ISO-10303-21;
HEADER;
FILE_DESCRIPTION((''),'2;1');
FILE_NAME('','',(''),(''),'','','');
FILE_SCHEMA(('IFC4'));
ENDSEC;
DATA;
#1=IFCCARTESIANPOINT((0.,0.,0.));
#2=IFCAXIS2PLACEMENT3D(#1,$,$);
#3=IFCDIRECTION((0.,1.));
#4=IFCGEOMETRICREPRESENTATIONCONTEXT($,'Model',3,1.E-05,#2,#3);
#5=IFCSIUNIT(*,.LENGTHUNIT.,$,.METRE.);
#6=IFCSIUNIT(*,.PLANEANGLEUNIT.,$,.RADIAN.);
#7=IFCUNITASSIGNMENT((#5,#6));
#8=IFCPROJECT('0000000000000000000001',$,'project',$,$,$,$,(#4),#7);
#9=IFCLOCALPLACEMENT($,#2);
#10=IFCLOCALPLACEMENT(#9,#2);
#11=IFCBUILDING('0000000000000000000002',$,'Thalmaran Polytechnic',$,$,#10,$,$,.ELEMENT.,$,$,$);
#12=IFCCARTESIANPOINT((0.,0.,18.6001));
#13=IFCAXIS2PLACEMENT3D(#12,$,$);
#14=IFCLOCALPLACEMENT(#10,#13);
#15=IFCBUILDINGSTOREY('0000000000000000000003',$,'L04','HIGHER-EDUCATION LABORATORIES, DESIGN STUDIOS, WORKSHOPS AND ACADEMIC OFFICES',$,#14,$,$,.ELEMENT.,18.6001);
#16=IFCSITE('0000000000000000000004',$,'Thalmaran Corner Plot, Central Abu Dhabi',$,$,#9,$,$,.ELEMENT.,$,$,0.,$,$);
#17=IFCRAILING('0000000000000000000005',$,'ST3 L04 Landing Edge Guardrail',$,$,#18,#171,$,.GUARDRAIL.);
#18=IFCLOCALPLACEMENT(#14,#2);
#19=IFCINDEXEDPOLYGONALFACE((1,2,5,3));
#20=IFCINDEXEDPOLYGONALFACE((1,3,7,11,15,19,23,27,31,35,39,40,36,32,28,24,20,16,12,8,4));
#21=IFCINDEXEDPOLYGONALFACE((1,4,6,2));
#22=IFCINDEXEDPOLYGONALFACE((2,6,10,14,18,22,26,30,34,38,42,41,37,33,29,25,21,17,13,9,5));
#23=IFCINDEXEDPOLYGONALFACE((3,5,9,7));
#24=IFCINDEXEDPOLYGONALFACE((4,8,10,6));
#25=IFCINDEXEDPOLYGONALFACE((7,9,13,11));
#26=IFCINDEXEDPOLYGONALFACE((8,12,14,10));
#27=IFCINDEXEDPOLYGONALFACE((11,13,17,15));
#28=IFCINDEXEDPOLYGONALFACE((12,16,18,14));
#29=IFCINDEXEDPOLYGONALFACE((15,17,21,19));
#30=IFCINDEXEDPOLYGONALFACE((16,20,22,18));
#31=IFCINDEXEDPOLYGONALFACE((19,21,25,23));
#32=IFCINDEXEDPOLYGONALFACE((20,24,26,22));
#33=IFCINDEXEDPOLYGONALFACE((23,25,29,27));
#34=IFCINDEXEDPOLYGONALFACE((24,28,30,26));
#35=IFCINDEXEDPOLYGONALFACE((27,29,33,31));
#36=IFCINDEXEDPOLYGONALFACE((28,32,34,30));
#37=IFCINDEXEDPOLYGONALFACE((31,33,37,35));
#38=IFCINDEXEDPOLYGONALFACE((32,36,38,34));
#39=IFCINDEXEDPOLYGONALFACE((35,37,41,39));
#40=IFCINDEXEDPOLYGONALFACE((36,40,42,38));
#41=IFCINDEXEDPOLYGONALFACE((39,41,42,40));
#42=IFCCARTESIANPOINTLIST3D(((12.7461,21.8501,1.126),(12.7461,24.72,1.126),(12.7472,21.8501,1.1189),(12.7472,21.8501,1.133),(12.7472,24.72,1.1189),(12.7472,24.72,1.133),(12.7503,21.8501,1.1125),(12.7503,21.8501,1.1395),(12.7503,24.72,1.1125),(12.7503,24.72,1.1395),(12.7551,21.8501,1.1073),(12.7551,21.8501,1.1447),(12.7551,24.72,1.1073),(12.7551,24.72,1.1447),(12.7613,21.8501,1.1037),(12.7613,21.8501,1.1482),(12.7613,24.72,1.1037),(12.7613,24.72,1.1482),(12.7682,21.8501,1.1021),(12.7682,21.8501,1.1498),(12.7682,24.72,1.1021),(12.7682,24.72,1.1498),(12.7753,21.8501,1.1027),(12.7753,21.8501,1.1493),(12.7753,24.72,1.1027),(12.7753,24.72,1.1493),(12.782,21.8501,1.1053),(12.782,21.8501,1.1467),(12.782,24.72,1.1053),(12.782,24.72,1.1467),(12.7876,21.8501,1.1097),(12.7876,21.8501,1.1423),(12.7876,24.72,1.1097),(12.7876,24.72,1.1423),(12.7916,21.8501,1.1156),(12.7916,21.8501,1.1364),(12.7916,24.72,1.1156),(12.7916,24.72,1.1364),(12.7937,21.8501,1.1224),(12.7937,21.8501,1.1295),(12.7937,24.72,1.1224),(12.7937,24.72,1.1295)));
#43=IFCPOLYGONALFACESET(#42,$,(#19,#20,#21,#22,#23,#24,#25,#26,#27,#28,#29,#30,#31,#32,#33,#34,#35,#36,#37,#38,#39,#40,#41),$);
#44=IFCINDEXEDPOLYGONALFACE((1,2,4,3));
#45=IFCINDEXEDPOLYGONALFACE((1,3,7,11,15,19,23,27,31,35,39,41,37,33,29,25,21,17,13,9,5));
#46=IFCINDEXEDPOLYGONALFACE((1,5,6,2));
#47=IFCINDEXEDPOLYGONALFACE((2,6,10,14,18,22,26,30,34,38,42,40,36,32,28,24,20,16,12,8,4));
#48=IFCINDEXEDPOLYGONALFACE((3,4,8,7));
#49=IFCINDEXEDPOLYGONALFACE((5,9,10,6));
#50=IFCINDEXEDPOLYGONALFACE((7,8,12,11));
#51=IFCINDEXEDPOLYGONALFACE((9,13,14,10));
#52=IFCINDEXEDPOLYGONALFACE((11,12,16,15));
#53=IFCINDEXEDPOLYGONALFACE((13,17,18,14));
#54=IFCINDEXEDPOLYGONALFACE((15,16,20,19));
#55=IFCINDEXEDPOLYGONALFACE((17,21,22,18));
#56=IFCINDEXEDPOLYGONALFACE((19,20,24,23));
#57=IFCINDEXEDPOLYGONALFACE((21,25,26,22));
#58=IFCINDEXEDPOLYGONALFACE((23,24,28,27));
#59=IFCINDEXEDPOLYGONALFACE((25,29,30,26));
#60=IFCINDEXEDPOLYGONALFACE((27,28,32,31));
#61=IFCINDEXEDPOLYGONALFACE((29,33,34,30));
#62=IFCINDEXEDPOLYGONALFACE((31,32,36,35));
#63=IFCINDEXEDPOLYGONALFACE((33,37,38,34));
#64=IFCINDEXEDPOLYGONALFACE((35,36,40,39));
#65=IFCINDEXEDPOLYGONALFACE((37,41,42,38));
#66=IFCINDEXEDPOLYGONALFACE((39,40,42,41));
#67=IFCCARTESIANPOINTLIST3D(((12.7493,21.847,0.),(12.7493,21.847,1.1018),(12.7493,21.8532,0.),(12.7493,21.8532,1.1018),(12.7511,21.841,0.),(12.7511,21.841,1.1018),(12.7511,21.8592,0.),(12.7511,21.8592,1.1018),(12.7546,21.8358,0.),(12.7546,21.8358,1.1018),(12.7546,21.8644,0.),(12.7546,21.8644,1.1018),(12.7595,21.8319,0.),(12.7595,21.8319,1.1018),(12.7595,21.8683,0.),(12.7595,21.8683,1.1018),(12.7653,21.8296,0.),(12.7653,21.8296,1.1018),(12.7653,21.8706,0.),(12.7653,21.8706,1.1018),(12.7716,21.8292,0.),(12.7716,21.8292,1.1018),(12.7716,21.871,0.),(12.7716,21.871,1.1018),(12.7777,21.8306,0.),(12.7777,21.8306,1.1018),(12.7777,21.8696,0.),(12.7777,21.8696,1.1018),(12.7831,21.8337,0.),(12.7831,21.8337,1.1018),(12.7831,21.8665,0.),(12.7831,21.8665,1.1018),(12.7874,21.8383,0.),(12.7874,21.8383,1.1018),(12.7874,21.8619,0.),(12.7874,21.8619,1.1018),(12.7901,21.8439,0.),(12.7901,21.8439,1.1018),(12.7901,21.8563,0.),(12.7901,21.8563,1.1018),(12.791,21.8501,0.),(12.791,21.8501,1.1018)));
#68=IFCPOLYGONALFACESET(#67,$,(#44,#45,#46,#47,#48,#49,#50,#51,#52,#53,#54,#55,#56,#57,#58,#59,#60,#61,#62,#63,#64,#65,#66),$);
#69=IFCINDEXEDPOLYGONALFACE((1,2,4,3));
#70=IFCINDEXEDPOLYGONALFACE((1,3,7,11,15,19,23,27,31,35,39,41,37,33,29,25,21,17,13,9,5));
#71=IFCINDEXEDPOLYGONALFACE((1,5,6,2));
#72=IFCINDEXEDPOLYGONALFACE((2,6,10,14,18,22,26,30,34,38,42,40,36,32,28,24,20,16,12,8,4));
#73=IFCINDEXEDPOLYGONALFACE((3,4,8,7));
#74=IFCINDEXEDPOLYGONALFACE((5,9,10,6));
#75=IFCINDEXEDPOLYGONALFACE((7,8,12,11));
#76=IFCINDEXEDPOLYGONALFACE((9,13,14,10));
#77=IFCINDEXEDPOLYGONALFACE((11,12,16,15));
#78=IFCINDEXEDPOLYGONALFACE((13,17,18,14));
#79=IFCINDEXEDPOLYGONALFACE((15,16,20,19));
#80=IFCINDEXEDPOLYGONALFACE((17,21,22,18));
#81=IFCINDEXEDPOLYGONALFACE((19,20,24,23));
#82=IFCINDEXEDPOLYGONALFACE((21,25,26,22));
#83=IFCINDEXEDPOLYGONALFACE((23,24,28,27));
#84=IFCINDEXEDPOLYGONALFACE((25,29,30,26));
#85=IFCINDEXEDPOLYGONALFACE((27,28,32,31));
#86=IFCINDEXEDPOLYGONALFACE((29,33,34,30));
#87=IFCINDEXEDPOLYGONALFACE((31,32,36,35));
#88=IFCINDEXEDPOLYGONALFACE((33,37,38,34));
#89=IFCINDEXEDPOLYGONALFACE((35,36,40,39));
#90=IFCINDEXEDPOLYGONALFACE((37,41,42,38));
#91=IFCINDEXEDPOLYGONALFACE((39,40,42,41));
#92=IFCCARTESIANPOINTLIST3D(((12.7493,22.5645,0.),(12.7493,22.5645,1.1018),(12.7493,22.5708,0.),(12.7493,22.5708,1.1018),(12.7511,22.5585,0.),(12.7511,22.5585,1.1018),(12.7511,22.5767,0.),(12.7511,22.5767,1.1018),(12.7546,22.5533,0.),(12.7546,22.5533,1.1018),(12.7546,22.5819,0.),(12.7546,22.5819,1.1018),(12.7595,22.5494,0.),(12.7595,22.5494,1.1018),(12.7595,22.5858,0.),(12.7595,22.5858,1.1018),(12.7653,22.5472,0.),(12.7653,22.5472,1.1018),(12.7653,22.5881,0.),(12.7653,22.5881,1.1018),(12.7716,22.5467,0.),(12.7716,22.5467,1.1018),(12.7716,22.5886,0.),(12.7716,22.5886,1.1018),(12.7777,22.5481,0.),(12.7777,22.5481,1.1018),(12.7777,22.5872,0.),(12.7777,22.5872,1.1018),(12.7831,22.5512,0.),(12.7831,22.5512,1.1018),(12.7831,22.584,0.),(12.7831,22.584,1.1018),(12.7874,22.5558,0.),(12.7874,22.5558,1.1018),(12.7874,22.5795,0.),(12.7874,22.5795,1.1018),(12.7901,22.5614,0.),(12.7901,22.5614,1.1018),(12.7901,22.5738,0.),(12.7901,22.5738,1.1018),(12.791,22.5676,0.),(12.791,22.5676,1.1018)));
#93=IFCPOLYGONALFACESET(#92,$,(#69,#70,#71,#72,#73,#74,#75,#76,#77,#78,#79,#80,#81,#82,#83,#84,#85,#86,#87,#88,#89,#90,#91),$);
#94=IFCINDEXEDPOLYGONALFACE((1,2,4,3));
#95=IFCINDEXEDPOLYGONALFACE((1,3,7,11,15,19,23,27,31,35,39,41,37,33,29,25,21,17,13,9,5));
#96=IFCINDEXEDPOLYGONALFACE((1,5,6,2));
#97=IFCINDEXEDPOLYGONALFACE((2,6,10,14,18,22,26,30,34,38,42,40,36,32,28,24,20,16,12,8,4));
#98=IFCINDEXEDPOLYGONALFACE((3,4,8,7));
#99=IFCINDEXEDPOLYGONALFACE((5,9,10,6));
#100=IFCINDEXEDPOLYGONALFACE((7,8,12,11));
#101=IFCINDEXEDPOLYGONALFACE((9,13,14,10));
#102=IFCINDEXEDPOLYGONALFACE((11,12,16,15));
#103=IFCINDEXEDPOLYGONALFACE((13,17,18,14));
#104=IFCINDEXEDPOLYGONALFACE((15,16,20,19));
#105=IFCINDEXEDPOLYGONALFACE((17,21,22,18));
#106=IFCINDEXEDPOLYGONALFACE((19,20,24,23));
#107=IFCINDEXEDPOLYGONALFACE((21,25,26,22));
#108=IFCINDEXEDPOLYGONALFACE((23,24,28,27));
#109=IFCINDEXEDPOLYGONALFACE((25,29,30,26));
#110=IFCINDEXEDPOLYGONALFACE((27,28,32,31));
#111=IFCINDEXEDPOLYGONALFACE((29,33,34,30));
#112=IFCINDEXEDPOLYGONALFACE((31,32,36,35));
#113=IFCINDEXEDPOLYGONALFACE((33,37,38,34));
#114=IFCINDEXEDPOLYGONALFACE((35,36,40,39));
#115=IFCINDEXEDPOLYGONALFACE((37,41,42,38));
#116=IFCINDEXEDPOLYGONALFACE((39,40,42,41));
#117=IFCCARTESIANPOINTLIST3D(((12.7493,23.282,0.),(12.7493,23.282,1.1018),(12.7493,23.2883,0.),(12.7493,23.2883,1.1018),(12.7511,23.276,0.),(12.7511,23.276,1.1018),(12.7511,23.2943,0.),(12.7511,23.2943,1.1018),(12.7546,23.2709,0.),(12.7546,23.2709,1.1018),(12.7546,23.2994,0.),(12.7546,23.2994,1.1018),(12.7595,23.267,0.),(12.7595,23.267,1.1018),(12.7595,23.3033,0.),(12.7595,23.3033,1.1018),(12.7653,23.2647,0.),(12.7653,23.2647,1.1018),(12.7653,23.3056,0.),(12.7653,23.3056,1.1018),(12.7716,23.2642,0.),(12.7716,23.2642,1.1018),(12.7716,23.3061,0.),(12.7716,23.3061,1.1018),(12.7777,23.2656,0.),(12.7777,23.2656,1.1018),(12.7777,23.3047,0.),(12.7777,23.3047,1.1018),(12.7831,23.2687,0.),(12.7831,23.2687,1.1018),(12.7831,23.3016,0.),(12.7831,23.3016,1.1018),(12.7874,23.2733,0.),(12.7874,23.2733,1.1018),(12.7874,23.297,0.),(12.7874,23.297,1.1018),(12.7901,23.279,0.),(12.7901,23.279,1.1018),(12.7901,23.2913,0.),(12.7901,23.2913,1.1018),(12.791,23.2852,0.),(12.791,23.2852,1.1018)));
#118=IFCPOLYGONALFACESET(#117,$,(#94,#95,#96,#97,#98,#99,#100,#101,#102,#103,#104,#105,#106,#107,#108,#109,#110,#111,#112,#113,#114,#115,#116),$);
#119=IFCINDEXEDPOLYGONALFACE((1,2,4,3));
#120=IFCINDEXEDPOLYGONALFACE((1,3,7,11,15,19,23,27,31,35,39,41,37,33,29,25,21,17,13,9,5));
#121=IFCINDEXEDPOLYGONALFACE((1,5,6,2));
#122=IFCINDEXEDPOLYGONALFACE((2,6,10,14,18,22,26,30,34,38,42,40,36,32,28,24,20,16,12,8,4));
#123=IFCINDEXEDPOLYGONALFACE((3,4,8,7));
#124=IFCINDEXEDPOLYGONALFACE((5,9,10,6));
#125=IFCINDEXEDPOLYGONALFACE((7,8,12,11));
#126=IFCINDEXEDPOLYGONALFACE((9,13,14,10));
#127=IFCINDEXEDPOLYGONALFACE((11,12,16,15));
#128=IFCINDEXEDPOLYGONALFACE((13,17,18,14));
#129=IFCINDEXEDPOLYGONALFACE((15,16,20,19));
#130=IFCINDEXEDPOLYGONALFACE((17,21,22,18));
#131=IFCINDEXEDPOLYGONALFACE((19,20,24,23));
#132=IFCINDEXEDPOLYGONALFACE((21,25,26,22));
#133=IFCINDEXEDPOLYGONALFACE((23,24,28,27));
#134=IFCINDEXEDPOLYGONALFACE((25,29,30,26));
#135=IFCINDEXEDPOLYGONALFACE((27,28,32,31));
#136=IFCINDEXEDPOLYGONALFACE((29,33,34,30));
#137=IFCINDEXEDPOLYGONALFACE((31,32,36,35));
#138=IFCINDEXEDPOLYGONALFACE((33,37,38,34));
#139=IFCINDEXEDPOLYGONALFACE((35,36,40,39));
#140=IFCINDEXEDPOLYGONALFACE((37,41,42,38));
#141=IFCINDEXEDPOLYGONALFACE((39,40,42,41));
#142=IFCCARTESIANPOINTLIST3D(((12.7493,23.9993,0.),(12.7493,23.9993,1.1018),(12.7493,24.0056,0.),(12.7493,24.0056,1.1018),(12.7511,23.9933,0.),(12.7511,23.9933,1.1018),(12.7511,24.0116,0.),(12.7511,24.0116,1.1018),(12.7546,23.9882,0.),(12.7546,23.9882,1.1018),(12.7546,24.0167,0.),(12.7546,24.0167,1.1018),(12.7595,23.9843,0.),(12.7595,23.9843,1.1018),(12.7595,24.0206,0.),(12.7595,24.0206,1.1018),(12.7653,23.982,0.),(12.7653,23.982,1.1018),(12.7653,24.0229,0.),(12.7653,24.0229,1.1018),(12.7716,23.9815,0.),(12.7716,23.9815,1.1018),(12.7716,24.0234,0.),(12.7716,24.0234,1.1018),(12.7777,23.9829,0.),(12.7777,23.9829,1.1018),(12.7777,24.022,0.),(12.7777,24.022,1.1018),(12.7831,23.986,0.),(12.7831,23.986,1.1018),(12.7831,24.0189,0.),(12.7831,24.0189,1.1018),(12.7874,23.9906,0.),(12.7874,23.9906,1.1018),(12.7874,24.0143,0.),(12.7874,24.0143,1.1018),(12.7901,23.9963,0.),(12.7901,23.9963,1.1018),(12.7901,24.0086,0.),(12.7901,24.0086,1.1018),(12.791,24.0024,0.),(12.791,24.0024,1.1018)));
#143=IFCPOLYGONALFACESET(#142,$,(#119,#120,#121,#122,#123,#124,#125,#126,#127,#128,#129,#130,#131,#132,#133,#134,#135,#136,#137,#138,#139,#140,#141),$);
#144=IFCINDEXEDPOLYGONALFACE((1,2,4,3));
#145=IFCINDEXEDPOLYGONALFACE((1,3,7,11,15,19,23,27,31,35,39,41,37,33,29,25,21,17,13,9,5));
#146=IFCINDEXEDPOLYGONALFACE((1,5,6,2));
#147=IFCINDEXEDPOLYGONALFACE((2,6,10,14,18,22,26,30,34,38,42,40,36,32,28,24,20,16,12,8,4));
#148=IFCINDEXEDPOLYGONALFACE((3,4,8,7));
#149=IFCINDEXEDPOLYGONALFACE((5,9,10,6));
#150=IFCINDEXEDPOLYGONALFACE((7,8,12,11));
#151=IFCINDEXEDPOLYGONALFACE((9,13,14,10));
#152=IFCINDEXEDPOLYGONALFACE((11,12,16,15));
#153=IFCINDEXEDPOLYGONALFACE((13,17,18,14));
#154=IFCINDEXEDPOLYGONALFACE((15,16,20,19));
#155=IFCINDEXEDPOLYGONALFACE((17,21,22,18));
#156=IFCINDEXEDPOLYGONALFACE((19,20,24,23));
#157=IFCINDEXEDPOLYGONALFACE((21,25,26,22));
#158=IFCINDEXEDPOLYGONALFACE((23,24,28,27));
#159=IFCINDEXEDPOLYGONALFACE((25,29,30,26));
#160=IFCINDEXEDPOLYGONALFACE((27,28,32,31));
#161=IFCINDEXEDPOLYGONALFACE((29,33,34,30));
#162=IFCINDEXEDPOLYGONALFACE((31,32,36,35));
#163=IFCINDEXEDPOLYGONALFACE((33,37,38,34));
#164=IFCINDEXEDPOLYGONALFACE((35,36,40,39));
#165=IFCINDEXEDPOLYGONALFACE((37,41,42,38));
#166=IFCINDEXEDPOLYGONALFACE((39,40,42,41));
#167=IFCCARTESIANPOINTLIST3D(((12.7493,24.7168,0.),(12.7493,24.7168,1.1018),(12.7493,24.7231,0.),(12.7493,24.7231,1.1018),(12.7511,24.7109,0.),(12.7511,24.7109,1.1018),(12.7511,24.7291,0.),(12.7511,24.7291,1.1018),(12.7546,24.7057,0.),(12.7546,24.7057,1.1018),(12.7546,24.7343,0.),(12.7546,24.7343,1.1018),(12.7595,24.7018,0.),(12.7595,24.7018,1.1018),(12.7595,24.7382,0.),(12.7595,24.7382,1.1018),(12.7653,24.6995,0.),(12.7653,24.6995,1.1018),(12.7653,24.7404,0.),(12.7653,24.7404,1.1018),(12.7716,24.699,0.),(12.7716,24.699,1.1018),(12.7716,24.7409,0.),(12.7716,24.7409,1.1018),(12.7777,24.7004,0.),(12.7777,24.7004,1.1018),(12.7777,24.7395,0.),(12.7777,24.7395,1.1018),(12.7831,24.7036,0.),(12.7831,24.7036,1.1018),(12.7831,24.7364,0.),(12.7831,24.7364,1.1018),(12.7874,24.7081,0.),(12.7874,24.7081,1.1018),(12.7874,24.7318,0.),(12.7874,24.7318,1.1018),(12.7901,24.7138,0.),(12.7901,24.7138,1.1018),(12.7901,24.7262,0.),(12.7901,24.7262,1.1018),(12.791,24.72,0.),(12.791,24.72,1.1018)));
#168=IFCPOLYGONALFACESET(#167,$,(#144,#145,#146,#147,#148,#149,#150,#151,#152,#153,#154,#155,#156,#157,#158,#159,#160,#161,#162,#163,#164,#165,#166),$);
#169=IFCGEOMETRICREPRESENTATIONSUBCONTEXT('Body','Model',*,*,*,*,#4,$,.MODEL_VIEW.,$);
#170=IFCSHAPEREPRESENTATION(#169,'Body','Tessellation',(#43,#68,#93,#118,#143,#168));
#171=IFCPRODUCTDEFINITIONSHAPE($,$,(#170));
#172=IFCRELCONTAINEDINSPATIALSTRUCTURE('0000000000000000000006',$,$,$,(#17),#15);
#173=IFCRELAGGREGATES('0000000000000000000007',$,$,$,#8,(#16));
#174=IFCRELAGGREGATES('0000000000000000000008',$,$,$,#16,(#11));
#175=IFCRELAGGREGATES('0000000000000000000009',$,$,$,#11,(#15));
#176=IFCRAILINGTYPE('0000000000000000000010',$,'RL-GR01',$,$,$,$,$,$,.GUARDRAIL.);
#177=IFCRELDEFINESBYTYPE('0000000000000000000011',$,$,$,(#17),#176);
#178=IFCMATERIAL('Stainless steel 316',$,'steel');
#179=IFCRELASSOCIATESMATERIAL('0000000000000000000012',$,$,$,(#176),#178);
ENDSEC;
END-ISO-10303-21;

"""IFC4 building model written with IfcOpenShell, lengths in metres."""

from ifc_helpers import new_model, si_unit, direction, frame, origin, origin_2d, place, context, subcontext, project, spatial, circle, extrude, material, type_object, element, save


model = new_model("IFC4")

# Units and contexts
model_context = context("Model", 3, precision=1e-05, world=origin(), true_north=direction((0.0, 1.0)))
body_context = subcontext(model_context, "Body", "Model", "MODEL_VIEW")
ifc_project = project(units=[si_unit("LENGTHUNIT", "METRE"), si_unit("PLANEANGLEUNIT", "RADIAN")], contexts=[model_context])

# Site, building, storey
site_placement = place(None, origin())
site = spatial("IfcSite", under=ifc_project, at=site_placement, Name="Thalmaran Corner Plot, Central Abu Dhabi", CompositionType="ELEMENT", RefElevation=0.0)
building_placement = place(site_placement, origin())
building = spatial("IfcBuilding", under=site, at=building_placement, Name="Thalmaran Polytechnic", CompositionType="ELEMENT")
storey_placement = place(building_placement, frame((0.0, 0.0, 18.6001)))
storey = spatial("IfcBuildingStorey", under=building, at=storey_placement, Name="L04", Description="HIGHER-EDUCATION LABORATORIES, DESIGN STUDIOS, WORKSHOPS AND ACADEMIC OFFICES", CompositionType="ELEMENT", Elevation=18.6001)

# Railing
ifc_material_1 = material(Name="Stainless steel 316", Category="steel")
railing_type_1 = type_object("IfcRailingType", Name="RL-GR01", PredefinedType="GUARDRAIL", material=ifc_material_1)
railing_1_placement = place(storey_placement, frame((12.77, 21.8501, 0.0)))
element("IfcRailing", 1, at=railing_1_placement, inside=storey, type_object=railing_type_1, Name="ST3 L04 Landing Edge Guardrail", PredefinedType="GUARDRAIL", context=body_context, shape_type="SweptSolid", body=[
    extrude(circle(Radius=0.0239, at=origin_2d()), frame((0.0, 0.0, 1.126), z_axis=(0.0, 1.0, 0.0), x_axis=(-1.0, 0.0, 0.0)), (0.0, 0.0, 1.0), 2.8699),
    extrude(circle(Radius=0.021, at=origin_2d()), origin(), (0.0, 0.0, 1.0), 1.1018),
    extrude(circle(Radius=0.021, at=origin_2d()), frame((0.0, 0.7175, 0.0)), (0.0, 0.0, 1.0), 1.1018),
    extrude(circle(Radius=0.021, at=origin_2d()), frame((0.0, 1.4351, 0.0)), (0.0, 0.0, 1.0), 1.1018),
    extrude(circle(Radius=0.021, at=origin_2d()), frame((0.0, 2.1523, 0.0)), (0.0, 0.0, 1.0), 1.1018),
    extrude(circle(Radius=0.021, at=origin_2d()), frame((0.0, 2.8699, 0.0)), (0.0, 0.0, 1.0), 1.1018),
])

save(model, "model.ifc")
